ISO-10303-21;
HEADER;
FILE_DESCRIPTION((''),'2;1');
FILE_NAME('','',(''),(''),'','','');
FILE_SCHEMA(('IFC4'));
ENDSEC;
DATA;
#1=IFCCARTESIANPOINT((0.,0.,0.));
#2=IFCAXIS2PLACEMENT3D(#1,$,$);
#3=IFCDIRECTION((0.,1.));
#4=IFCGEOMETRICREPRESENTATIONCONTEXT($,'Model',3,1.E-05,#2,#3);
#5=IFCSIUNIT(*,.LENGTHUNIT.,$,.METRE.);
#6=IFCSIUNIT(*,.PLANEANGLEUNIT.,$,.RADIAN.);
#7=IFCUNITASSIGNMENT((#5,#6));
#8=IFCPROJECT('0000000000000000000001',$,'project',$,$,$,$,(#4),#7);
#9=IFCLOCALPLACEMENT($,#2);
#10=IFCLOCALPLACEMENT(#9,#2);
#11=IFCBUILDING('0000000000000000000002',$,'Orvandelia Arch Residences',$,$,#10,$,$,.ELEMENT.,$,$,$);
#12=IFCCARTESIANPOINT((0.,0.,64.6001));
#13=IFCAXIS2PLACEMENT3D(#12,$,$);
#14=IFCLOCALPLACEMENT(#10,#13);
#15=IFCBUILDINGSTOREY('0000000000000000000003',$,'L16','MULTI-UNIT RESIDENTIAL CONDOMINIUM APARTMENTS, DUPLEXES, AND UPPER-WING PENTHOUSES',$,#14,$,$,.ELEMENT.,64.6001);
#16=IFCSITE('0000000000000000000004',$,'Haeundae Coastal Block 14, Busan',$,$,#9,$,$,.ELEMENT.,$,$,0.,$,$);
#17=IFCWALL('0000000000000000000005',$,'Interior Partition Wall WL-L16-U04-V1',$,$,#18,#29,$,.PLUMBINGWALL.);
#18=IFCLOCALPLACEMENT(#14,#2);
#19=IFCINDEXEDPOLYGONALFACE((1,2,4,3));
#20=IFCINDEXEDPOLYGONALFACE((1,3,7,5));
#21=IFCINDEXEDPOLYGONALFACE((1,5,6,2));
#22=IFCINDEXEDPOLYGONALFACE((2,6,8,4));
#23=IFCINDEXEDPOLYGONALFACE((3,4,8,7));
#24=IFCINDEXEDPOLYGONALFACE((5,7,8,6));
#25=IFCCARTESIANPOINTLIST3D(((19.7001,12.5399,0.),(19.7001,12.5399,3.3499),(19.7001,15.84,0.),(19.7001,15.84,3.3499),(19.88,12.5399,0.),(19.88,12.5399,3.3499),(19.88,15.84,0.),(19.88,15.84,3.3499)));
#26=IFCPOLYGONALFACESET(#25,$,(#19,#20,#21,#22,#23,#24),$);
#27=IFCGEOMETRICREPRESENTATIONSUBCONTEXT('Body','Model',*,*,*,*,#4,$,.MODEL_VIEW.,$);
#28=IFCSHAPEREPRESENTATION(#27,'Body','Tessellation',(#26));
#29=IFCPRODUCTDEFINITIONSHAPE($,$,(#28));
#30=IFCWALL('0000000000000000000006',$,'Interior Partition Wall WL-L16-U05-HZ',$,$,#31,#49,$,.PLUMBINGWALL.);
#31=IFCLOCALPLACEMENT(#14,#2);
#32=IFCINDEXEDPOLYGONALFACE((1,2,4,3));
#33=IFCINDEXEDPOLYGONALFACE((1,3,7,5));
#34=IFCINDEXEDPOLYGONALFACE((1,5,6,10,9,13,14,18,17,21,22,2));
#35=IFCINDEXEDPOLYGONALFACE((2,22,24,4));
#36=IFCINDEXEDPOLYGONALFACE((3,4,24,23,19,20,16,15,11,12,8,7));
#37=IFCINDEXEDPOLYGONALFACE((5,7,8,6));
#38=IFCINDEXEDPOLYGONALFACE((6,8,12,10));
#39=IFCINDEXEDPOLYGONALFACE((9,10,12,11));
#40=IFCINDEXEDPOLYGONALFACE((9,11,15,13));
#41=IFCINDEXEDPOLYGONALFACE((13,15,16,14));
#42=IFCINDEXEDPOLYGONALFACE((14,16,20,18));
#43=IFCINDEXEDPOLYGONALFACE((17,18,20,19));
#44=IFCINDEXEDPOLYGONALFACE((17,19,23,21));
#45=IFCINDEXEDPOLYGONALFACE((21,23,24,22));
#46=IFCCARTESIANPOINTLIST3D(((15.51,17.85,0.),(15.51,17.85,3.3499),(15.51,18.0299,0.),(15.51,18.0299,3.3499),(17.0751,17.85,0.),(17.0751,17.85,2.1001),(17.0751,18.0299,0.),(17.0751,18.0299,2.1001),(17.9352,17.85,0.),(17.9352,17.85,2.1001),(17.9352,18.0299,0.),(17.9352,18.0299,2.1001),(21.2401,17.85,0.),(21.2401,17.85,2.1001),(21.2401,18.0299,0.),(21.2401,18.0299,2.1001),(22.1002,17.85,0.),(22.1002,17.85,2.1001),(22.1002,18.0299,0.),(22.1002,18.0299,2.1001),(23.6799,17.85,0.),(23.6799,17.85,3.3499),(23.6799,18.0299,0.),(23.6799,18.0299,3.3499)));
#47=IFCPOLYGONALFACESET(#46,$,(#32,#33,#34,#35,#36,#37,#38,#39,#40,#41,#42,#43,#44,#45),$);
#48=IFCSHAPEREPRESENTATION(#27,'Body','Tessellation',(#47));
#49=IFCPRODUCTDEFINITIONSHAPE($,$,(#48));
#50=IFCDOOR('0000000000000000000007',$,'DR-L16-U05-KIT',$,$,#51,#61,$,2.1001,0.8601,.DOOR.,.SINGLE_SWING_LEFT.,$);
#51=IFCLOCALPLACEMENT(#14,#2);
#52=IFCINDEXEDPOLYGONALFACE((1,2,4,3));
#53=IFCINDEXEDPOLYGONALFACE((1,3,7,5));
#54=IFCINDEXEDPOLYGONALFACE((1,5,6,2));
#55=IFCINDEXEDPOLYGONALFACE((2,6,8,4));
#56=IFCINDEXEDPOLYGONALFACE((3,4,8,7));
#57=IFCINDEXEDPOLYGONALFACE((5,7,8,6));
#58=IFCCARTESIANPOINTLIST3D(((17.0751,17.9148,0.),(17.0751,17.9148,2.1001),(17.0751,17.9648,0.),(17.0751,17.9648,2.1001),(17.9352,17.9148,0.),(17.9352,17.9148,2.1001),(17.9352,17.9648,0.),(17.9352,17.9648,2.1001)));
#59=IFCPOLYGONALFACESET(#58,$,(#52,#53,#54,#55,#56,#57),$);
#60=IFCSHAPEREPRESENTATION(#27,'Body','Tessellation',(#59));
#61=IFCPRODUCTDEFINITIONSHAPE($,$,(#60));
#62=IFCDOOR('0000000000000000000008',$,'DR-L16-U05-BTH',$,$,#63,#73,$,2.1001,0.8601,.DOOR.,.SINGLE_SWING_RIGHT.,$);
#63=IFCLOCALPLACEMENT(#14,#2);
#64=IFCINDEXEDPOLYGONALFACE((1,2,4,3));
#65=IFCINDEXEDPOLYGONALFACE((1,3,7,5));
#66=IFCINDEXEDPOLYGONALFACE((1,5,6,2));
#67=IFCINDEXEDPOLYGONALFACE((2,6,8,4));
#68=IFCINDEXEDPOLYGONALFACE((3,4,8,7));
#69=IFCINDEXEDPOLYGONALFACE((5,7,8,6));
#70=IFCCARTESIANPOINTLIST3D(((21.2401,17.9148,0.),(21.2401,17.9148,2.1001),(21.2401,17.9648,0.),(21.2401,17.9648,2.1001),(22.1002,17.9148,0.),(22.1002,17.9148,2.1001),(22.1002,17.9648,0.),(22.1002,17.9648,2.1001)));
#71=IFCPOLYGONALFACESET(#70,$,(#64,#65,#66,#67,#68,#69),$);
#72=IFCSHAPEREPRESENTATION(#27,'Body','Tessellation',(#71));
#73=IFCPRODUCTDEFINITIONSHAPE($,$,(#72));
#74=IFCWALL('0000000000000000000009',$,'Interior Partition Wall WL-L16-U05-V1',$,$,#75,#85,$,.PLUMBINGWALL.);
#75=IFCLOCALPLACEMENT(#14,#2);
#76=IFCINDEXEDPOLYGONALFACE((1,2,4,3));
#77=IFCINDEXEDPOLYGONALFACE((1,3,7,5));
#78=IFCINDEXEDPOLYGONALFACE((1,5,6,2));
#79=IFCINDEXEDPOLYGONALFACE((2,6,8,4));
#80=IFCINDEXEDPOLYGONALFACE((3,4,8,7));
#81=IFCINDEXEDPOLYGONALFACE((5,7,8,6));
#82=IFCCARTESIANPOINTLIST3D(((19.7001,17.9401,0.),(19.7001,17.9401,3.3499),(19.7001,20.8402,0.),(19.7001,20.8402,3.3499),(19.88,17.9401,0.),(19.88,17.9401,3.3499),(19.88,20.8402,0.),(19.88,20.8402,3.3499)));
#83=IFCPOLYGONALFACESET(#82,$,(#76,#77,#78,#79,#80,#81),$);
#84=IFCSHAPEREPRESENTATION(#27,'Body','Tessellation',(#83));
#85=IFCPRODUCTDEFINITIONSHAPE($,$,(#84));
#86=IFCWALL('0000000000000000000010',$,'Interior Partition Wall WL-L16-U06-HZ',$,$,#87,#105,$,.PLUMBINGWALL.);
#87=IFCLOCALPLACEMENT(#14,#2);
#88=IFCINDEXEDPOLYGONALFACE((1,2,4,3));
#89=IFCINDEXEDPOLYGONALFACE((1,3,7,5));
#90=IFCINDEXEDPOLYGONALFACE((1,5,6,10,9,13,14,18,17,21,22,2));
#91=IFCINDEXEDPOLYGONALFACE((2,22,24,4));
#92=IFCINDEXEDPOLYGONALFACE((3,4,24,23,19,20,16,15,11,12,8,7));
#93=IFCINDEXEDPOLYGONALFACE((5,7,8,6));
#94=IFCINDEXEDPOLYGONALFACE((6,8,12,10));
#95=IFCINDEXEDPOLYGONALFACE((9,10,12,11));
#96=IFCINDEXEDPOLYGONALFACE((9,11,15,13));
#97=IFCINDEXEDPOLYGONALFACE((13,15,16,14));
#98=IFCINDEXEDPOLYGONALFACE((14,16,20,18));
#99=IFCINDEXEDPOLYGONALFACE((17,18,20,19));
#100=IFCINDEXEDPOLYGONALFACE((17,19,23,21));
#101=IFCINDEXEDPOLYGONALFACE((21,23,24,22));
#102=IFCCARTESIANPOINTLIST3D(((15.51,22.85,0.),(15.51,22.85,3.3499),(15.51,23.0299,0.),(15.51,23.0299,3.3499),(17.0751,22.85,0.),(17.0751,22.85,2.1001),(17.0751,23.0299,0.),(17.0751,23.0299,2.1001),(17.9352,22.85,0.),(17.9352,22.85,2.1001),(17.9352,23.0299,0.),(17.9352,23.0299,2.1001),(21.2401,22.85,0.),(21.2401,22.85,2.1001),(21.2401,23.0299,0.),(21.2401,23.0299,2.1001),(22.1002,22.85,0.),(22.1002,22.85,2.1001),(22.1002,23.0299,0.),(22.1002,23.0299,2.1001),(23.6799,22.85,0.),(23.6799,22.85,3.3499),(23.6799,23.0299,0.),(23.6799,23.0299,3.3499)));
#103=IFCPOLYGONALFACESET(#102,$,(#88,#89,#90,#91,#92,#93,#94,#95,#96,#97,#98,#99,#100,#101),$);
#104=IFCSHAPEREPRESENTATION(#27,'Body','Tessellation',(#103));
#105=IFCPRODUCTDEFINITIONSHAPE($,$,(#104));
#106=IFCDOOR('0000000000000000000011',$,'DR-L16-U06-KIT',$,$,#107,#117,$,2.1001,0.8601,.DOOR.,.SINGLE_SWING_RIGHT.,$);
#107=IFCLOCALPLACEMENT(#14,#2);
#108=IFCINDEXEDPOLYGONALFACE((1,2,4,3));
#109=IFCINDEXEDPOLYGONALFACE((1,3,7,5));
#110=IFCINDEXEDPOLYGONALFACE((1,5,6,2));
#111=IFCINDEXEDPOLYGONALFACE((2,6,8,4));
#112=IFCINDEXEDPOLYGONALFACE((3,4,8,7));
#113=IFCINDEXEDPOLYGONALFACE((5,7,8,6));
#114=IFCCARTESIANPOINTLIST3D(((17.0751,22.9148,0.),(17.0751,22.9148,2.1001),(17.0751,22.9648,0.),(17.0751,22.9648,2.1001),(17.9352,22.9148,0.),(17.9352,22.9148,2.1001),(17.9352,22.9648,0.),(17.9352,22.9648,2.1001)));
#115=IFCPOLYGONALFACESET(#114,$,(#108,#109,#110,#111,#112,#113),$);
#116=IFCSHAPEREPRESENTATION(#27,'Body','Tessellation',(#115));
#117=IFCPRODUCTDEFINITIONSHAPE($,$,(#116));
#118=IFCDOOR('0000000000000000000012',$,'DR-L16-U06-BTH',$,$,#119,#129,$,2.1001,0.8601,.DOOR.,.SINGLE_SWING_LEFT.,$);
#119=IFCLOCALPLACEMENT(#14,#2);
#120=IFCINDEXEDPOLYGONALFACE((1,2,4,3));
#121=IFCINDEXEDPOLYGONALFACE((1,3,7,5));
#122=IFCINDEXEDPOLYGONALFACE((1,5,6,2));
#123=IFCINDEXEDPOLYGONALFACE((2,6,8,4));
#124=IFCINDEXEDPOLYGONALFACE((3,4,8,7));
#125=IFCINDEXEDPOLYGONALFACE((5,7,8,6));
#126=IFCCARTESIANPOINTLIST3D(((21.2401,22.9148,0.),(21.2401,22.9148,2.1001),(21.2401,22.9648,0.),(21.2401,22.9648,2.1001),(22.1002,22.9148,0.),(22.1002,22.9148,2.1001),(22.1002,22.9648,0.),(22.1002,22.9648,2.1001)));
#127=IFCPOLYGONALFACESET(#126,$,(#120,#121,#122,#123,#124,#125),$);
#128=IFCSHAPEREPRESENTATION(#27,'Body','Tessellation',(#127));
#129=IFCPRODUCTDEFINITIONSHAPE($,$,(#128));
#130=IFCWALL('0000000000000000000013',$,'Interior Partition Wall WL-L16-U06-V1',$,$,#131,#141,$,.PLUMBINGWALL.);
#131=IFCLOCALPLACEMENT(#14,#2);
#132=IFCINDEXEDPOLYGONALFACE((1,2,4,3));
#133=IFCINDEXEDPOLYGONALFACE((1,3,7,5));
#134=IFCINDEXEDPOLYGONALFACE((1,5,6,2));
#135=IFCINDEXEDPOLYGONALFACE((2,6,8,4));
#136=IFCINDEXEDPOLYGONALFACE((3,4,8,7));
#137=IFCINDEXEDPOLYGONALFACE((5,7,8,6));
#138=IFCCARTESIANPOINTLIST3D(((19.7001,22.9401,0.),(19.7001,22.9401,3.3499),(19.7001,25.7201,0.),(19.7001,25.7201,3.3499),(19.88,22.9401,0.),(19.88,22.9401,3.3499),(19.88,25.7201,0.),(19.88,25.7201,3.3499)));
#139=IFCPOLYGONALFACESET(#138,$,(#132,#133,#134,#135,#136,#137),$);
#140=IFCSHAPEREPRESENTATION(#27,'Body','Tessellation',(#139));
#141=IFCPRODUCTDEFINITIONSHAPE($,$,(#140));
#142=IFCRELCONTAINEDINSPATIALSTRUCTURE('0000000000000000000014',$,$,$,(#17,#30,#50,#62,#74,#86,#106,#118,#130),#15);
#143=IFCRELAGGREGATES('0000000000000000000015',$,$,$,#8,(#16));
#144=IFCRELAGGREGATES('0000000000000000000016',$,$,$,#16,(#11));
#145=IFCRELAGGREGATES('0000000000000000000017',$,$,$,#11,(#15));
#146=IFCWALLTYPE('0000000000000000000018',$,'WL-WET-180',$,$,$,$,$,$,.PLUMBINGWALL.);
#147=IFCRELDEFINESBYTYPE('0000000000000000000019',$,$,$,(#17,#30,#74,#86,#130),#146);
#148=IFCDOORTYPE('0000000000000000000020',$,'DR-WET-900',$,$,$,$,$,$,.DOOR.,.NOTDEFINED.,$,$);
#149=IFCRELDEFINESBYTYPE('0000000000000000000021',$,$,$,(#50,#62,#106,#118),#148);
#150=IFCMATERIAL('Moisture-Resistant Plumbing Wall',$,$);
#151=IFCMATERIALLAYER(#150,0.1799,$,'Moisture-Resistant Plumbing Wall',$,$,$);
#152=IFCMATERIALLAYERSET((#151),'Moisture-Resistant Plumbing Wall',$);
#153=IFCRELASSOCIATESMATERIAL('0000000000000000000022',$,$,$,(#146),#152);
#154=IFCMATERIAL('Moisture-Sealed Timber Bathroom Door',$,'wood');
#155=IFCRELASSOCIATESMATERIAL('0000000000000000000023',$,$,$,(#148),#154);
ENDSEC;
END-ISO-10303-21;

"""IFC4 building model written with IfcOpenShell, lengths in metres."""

from ifc_helpers import new_model, si_unit, direction, frame, frame_2d, origin, place, context, subcontext, project, spatial, rectangle, extrude, material, layer, layer_set, type_object, element, fill, save


model = new_model("IFC4")

# Units and contexts
model_context = context("Model", 3, precision=1e-05, world=origin(), true_north=direction((0.0, 1.0)))
body_context = subcontext(model_context, "Body", "Model", "MODEL_VIEW")
ifc_project = project(units=[si_unit("LENGTHUNIT", "METRE"), si_unit("PLANEANGLEUNIT", "RADIAN")], contexts=[model_context])

# Site, building, storey
site_placement = place(None, origin())
site = spatial("IfcSite", under=ifc_project, at=site_placement, Name="Haeundae Coastal Block 14, Busan", CompositionType="ELEMENT", RefElevation=0.0)
building_placement = place(site_placement, origin())
building = spatial("IfcBuilding", under=site, at=building_placement, Name="Orvandelia Arch Residences", CompositionType="ELEMENT")
storey_placement = place(building_placement, frame((0.0, 0.0, 64.6001)))
storey = spatial("IfcBuildingStorey", under=building, at=storey_placement, Name="L16", Description="MULTI-UNIT RESIDENTIAL CONDOMINIUM APARTMENTS, DUPLEXES, AND UPPER-WING PENTHOUSES", CompositionType="ELEMENT", Elevation=64.6001)

# Shared definitions
ifc_material_1 = material(Name="Moisture-Resistant Plumbing Wall")
ifc_layer_1 = layer(ifc_material_1, 0.1799, Name="Moisture-Resistant Plumbing Wall")
ifc_layer_set_1 = layer_set([ifc_layer_1], Name="Moisture-Resistant Plumbing Wall")
wall_type_1 = type_object("IfcWallType", Name="WL-WET-180", PredefinedType="PLUMBINGWALL", material=ifc_layer_set_1)

# Shared definitions
ifc_material_2 = material(Name="Moisture-Sealed Timber Bathroom Door", Category="wood")
door_type = type_object("IfcDoorType", Name="DR-WET-900", OperationType="NOTDEFINED", PredefinedType="DOOR", material=ifc_material_2)

# Wall
wall_1_placement = place(storey_placement, frame((19.79, 12.54, 0.0), z_axis=(0.0, 0.0, 1.0), x_axis=(0.0, 1.0, 0.0)))
element("IfcWall", 1, at=wall_1_placement, inside=storey, type_object=wall_type_1, Name="Interior Partition Wall WL-L16-U04-V1", PredefinedType="PLUMBINGWALL", context=body_context, shape_type="SweptSolid", body=[
    extrude(rectangle(XDim=3.3, YDim=0.1799, at=frame_2d((1.6499, 0.0))), origin(), (0.0, 0.0, 1.0), 3.3499),
])

# Wall, openings, doors
wall_2_placement = place(storey_placement, frame((15.51, 17.9399, 0.0), z_axis=(0.0, 0.0, 1.0), x_axis=(1.0, 0.0, 0.0)))
wall_2 = element("IfcWall", 2, at=wall_2_placement, inside=storey, type_object=wall_type_1, Name="Interior Partition Wall WL-L16-U05-HZ", PredefinedType="PLUMBINGWALL", context=body_context, shape_type="SweptSolid", body=[
    extrude(rectangle(XDim=8.1699, YDim=0.1799, at=frame_2d((4.085, 0.0))), origin(), (0.0, 0.0, 1.0), 3.3499),
])
opening_1_placement = place(wall_2_placement, frame((1.5649, 0.0, 0.0)))
opening_1 = element("IfcOpeningElement", 3, at=opening_1_placement, cuts=wall_2, PredefinedType="OPENING", context=body_context, shape_type="SweptSolid", body=[
    extrude(rectangle(XDim=0.8601, YDim=2.1001, at=frame_2d((0.4302, 1.05))), frame((0.0, 0.1001, 0.0), z_axis=(0.0, -1.0, 0.0), x_axis=(1.0, 0.0, 0.0)), (0.0, 0.0, 1.0), 0.2),
])
opening_2_placement = place(wall_2_placement, frame((5.73, 0.0, 0.0)))
opening_2 = element("IfcOpeningElement", 4, at=opening_2_placement, cuts=wall_2, PredefinedType="OPENING", context=body_context, shape_type="SweptSolid", body=[
    extrude(rectangle(XDim=0.8601, YDim=2.1001, at=frame_2d((0.4302, 1.05))), frame((0.0, 0.1001, 0.0), z_axis=(0.0, -1.0, 0.0), x_axis=(1.0, 0.0, 0.0)), (0.0, 0.0, 1.0), 0.2),
])
door_1_placement = place(opening_1_placement, origin())
door_1 = element("IfcDoor", 5, at=door_1_placement, inside=storey, type_object=door_type, Name="DR-L16-U05-KIT", OperationType="SINGLE_SWING_LEFT", OverallHeight=2.1001, OverallWidth=0.8601, PredefinedType="DOOR", context=body_context, shape_type="SweptSolid", body=[
    extrude(rectangle(XDim=0.8601, YDim=2.1001, at=frame_2d((0.4302, 1.05))), frame((0.0, 0.0249, 0.0), z_axis=(0.0, -1.0, 0.0), x_axis=(1.0, 0.0, 0.0)), (0.0, 0.0, 1.0), 0.05),
])
fill(opening_1, door_1)
door_2_placement = place(opening_2_placement, origin())
door_2 = element("IfcDoor", 6, at=door_2_placement, inside=storey, type_object=door_type, Name="DR-L16-U05-BTH", OperationType="SINGLE_SWING_RIGHT", OverallHeight=2.1001, OverallWidth=0.8601, PredefinedType="DOOR", context=body_context, shape_type="SweptSolid", body=[
    extrude(rectangle(XDim=0.8601, YDim=2.1001, at=frame_2d((0.4302, 1.05))), frame((0.0, 0.0249, 0.0), z_axis=(0.0, -1.0, 0.0), x_axis=(1.0, 0.0, 0.0)), (0.0, 0.0, 1.0), 0.05),
])
fill(opening_2, door_2)

# Wall
wall_3_placement = place(storey_placement, frame((19.79, 17.9399, 0.0), z_axis=(0.0, 0.0, 1.0), x_axis=(0.0, 1.0, 0.0)))
element("IfcWall", 7, at=wall_3_placement, inside=storey, type_object=wall_type_1, Name="Interior Partition Wall WL-L16-U05-V1", PredefinedType="PLUMBINGWALL", context=body_context, shape_type="SweptSolid", body=[
    extrude(rectangle(XDim=2.9001, YDim=0.1799, at=frame_2d((1.4502, 0.0))), origin(), (0.0, 0.0, 1.0), 3.3499),
])

# Wall, openings, doors
wall_4_placement = place(storey_placement, frame((15.51, 22.9399, 0.0), z_axis=(0.0, 0.0, 1.0), x_axis=(1.0, 0.0, 0.0)))
wall_4 = element("IfcWall", 8, at=wall_4_placement, inside=storey, type_object=wall_type_1, Name="Interior Partition Wall WL-L16-U06-HZ", PredefinedType="PLUMBINGWALL", context=body_context, shape_type="SweptSolid", body=[
    extrude(rectangle(XDim=8.1699, YDim=0.1799, at=frame_2d((4.085, 0.0))), origin(), (0.0, 0.0, 1.0), 3.3499),
])
opening_3_placement = place(wall_4_placement, frame((1.5649, 0.0, 0.0)))
opening_3 = element("IfcOpeningElement", 9, at=opening_3_placement, cuts=wall_4, PredefinedType="OPENING", context=body_context, shape_type="SweptSolid", body=[
    extrude(rectangle(XDim=0.8601, YDim=2.1001, at=frame_2d((0.4302, 1.05))), frame((0.0, 0.1001, 0.0), z_axis=(0.0, -1.0, 0.0), x_axis=(1.0, 0.0, 0.0)), (0.0, 0.0, 1.0), 0.2),
])
opening_4_placement = place(wall_4_placement, frame((5.73, 0.0, 0.0)))
opening_4 = element("IfcOpeningElement", 10, at=opening_4_placement, cuts=wall_4, PredefinedType="OPENING", context=body_context, shape_type="SweptSolid", body=[
    extrude(rectangle(XDim=0.8601, YDim=2.1001, at=frame_2d((0.4302, 1.05))), frame((0.0, 0.1001, 0.0), z_axis=(0.0, -1.0, 0.0), x_axis=(1.0, 0.0, 0.0)), (0.0, 0.0, 1.0), 0.2),
])
door_3_placement = place(opening_3_placement, origin())
door_3 = element("IfcDoor", 11, at=door_3_placement, inside=storey, type_object=door_type, Name="DR-L16-U06-KIT", OperationType="SINGLE_SWING_RIGHT", OverallHeight=2.1001, OverallWidth=0.8601, PredefinedType="DOOR", context=body_context, shape_type="SweptSolid", body=[
    extrude(rectangle(XDim=0.8601, YDim=2.1001, at=frame_2d((0.4302, 1.05))), frame((0.0, 0.0249, 0.0), z_axis=(0.0, -1.0, 0.0), x_axis=(1.0, 0.0, 0.0)), (0.0, 0.0, 1.0), 0.05),
])
fill(opening_3, door_3)
door_4_placement = place(opening_4_placement, origin())
door_4 = element("IfcDoor", 12, at=door_4_placement, inside=storey, type_object=door_type, Name="DR-L16-U06-BTH", OperationType="SINGLE_SWING_LEFT", OverallHeight=2.1001, OverallWidth=0.8601, PredefinedType="DOOR", context=body_context, shape_type="SweptSolid", body=[
    extrude(rectangle(XDim=0.8601, YDim=2.1001, at=frame_2d((0.4302, 1.05))), frame((0.0, 0.0249, 0.0), z_axis=(0.0, -1.0, 0.0), x_axis=(1.0, 0.0, 0.0)), (0.0, 0.0, 1.0), 0.05),
])
fill(opening_4, door_4)

# Wall
wall_5_placement = place(storey_placement, frame((19.79, 22.9399, 0.0), z_axis=(0.0, 0.0, 1.0), x_axis=(0.0, 1.0, 0.0)))
element("IfcWall", 13, at=wall_5_placement, inside=storey, type_object=wall_type_1, Name="Interior Partition Wall WL-L16-U06-V1", PredefinedType="PLUMBINGWALL", context=body_context, shape_type="SweptSolid", body=[
    extrude(rectangle(XDim=2.78, YDim=0.1799, at=frame_2d((1.3901, 0.0))), origin(), (0.0, 0.0, 1.0), 3.3499),
])

save(model, "model.ifc")
